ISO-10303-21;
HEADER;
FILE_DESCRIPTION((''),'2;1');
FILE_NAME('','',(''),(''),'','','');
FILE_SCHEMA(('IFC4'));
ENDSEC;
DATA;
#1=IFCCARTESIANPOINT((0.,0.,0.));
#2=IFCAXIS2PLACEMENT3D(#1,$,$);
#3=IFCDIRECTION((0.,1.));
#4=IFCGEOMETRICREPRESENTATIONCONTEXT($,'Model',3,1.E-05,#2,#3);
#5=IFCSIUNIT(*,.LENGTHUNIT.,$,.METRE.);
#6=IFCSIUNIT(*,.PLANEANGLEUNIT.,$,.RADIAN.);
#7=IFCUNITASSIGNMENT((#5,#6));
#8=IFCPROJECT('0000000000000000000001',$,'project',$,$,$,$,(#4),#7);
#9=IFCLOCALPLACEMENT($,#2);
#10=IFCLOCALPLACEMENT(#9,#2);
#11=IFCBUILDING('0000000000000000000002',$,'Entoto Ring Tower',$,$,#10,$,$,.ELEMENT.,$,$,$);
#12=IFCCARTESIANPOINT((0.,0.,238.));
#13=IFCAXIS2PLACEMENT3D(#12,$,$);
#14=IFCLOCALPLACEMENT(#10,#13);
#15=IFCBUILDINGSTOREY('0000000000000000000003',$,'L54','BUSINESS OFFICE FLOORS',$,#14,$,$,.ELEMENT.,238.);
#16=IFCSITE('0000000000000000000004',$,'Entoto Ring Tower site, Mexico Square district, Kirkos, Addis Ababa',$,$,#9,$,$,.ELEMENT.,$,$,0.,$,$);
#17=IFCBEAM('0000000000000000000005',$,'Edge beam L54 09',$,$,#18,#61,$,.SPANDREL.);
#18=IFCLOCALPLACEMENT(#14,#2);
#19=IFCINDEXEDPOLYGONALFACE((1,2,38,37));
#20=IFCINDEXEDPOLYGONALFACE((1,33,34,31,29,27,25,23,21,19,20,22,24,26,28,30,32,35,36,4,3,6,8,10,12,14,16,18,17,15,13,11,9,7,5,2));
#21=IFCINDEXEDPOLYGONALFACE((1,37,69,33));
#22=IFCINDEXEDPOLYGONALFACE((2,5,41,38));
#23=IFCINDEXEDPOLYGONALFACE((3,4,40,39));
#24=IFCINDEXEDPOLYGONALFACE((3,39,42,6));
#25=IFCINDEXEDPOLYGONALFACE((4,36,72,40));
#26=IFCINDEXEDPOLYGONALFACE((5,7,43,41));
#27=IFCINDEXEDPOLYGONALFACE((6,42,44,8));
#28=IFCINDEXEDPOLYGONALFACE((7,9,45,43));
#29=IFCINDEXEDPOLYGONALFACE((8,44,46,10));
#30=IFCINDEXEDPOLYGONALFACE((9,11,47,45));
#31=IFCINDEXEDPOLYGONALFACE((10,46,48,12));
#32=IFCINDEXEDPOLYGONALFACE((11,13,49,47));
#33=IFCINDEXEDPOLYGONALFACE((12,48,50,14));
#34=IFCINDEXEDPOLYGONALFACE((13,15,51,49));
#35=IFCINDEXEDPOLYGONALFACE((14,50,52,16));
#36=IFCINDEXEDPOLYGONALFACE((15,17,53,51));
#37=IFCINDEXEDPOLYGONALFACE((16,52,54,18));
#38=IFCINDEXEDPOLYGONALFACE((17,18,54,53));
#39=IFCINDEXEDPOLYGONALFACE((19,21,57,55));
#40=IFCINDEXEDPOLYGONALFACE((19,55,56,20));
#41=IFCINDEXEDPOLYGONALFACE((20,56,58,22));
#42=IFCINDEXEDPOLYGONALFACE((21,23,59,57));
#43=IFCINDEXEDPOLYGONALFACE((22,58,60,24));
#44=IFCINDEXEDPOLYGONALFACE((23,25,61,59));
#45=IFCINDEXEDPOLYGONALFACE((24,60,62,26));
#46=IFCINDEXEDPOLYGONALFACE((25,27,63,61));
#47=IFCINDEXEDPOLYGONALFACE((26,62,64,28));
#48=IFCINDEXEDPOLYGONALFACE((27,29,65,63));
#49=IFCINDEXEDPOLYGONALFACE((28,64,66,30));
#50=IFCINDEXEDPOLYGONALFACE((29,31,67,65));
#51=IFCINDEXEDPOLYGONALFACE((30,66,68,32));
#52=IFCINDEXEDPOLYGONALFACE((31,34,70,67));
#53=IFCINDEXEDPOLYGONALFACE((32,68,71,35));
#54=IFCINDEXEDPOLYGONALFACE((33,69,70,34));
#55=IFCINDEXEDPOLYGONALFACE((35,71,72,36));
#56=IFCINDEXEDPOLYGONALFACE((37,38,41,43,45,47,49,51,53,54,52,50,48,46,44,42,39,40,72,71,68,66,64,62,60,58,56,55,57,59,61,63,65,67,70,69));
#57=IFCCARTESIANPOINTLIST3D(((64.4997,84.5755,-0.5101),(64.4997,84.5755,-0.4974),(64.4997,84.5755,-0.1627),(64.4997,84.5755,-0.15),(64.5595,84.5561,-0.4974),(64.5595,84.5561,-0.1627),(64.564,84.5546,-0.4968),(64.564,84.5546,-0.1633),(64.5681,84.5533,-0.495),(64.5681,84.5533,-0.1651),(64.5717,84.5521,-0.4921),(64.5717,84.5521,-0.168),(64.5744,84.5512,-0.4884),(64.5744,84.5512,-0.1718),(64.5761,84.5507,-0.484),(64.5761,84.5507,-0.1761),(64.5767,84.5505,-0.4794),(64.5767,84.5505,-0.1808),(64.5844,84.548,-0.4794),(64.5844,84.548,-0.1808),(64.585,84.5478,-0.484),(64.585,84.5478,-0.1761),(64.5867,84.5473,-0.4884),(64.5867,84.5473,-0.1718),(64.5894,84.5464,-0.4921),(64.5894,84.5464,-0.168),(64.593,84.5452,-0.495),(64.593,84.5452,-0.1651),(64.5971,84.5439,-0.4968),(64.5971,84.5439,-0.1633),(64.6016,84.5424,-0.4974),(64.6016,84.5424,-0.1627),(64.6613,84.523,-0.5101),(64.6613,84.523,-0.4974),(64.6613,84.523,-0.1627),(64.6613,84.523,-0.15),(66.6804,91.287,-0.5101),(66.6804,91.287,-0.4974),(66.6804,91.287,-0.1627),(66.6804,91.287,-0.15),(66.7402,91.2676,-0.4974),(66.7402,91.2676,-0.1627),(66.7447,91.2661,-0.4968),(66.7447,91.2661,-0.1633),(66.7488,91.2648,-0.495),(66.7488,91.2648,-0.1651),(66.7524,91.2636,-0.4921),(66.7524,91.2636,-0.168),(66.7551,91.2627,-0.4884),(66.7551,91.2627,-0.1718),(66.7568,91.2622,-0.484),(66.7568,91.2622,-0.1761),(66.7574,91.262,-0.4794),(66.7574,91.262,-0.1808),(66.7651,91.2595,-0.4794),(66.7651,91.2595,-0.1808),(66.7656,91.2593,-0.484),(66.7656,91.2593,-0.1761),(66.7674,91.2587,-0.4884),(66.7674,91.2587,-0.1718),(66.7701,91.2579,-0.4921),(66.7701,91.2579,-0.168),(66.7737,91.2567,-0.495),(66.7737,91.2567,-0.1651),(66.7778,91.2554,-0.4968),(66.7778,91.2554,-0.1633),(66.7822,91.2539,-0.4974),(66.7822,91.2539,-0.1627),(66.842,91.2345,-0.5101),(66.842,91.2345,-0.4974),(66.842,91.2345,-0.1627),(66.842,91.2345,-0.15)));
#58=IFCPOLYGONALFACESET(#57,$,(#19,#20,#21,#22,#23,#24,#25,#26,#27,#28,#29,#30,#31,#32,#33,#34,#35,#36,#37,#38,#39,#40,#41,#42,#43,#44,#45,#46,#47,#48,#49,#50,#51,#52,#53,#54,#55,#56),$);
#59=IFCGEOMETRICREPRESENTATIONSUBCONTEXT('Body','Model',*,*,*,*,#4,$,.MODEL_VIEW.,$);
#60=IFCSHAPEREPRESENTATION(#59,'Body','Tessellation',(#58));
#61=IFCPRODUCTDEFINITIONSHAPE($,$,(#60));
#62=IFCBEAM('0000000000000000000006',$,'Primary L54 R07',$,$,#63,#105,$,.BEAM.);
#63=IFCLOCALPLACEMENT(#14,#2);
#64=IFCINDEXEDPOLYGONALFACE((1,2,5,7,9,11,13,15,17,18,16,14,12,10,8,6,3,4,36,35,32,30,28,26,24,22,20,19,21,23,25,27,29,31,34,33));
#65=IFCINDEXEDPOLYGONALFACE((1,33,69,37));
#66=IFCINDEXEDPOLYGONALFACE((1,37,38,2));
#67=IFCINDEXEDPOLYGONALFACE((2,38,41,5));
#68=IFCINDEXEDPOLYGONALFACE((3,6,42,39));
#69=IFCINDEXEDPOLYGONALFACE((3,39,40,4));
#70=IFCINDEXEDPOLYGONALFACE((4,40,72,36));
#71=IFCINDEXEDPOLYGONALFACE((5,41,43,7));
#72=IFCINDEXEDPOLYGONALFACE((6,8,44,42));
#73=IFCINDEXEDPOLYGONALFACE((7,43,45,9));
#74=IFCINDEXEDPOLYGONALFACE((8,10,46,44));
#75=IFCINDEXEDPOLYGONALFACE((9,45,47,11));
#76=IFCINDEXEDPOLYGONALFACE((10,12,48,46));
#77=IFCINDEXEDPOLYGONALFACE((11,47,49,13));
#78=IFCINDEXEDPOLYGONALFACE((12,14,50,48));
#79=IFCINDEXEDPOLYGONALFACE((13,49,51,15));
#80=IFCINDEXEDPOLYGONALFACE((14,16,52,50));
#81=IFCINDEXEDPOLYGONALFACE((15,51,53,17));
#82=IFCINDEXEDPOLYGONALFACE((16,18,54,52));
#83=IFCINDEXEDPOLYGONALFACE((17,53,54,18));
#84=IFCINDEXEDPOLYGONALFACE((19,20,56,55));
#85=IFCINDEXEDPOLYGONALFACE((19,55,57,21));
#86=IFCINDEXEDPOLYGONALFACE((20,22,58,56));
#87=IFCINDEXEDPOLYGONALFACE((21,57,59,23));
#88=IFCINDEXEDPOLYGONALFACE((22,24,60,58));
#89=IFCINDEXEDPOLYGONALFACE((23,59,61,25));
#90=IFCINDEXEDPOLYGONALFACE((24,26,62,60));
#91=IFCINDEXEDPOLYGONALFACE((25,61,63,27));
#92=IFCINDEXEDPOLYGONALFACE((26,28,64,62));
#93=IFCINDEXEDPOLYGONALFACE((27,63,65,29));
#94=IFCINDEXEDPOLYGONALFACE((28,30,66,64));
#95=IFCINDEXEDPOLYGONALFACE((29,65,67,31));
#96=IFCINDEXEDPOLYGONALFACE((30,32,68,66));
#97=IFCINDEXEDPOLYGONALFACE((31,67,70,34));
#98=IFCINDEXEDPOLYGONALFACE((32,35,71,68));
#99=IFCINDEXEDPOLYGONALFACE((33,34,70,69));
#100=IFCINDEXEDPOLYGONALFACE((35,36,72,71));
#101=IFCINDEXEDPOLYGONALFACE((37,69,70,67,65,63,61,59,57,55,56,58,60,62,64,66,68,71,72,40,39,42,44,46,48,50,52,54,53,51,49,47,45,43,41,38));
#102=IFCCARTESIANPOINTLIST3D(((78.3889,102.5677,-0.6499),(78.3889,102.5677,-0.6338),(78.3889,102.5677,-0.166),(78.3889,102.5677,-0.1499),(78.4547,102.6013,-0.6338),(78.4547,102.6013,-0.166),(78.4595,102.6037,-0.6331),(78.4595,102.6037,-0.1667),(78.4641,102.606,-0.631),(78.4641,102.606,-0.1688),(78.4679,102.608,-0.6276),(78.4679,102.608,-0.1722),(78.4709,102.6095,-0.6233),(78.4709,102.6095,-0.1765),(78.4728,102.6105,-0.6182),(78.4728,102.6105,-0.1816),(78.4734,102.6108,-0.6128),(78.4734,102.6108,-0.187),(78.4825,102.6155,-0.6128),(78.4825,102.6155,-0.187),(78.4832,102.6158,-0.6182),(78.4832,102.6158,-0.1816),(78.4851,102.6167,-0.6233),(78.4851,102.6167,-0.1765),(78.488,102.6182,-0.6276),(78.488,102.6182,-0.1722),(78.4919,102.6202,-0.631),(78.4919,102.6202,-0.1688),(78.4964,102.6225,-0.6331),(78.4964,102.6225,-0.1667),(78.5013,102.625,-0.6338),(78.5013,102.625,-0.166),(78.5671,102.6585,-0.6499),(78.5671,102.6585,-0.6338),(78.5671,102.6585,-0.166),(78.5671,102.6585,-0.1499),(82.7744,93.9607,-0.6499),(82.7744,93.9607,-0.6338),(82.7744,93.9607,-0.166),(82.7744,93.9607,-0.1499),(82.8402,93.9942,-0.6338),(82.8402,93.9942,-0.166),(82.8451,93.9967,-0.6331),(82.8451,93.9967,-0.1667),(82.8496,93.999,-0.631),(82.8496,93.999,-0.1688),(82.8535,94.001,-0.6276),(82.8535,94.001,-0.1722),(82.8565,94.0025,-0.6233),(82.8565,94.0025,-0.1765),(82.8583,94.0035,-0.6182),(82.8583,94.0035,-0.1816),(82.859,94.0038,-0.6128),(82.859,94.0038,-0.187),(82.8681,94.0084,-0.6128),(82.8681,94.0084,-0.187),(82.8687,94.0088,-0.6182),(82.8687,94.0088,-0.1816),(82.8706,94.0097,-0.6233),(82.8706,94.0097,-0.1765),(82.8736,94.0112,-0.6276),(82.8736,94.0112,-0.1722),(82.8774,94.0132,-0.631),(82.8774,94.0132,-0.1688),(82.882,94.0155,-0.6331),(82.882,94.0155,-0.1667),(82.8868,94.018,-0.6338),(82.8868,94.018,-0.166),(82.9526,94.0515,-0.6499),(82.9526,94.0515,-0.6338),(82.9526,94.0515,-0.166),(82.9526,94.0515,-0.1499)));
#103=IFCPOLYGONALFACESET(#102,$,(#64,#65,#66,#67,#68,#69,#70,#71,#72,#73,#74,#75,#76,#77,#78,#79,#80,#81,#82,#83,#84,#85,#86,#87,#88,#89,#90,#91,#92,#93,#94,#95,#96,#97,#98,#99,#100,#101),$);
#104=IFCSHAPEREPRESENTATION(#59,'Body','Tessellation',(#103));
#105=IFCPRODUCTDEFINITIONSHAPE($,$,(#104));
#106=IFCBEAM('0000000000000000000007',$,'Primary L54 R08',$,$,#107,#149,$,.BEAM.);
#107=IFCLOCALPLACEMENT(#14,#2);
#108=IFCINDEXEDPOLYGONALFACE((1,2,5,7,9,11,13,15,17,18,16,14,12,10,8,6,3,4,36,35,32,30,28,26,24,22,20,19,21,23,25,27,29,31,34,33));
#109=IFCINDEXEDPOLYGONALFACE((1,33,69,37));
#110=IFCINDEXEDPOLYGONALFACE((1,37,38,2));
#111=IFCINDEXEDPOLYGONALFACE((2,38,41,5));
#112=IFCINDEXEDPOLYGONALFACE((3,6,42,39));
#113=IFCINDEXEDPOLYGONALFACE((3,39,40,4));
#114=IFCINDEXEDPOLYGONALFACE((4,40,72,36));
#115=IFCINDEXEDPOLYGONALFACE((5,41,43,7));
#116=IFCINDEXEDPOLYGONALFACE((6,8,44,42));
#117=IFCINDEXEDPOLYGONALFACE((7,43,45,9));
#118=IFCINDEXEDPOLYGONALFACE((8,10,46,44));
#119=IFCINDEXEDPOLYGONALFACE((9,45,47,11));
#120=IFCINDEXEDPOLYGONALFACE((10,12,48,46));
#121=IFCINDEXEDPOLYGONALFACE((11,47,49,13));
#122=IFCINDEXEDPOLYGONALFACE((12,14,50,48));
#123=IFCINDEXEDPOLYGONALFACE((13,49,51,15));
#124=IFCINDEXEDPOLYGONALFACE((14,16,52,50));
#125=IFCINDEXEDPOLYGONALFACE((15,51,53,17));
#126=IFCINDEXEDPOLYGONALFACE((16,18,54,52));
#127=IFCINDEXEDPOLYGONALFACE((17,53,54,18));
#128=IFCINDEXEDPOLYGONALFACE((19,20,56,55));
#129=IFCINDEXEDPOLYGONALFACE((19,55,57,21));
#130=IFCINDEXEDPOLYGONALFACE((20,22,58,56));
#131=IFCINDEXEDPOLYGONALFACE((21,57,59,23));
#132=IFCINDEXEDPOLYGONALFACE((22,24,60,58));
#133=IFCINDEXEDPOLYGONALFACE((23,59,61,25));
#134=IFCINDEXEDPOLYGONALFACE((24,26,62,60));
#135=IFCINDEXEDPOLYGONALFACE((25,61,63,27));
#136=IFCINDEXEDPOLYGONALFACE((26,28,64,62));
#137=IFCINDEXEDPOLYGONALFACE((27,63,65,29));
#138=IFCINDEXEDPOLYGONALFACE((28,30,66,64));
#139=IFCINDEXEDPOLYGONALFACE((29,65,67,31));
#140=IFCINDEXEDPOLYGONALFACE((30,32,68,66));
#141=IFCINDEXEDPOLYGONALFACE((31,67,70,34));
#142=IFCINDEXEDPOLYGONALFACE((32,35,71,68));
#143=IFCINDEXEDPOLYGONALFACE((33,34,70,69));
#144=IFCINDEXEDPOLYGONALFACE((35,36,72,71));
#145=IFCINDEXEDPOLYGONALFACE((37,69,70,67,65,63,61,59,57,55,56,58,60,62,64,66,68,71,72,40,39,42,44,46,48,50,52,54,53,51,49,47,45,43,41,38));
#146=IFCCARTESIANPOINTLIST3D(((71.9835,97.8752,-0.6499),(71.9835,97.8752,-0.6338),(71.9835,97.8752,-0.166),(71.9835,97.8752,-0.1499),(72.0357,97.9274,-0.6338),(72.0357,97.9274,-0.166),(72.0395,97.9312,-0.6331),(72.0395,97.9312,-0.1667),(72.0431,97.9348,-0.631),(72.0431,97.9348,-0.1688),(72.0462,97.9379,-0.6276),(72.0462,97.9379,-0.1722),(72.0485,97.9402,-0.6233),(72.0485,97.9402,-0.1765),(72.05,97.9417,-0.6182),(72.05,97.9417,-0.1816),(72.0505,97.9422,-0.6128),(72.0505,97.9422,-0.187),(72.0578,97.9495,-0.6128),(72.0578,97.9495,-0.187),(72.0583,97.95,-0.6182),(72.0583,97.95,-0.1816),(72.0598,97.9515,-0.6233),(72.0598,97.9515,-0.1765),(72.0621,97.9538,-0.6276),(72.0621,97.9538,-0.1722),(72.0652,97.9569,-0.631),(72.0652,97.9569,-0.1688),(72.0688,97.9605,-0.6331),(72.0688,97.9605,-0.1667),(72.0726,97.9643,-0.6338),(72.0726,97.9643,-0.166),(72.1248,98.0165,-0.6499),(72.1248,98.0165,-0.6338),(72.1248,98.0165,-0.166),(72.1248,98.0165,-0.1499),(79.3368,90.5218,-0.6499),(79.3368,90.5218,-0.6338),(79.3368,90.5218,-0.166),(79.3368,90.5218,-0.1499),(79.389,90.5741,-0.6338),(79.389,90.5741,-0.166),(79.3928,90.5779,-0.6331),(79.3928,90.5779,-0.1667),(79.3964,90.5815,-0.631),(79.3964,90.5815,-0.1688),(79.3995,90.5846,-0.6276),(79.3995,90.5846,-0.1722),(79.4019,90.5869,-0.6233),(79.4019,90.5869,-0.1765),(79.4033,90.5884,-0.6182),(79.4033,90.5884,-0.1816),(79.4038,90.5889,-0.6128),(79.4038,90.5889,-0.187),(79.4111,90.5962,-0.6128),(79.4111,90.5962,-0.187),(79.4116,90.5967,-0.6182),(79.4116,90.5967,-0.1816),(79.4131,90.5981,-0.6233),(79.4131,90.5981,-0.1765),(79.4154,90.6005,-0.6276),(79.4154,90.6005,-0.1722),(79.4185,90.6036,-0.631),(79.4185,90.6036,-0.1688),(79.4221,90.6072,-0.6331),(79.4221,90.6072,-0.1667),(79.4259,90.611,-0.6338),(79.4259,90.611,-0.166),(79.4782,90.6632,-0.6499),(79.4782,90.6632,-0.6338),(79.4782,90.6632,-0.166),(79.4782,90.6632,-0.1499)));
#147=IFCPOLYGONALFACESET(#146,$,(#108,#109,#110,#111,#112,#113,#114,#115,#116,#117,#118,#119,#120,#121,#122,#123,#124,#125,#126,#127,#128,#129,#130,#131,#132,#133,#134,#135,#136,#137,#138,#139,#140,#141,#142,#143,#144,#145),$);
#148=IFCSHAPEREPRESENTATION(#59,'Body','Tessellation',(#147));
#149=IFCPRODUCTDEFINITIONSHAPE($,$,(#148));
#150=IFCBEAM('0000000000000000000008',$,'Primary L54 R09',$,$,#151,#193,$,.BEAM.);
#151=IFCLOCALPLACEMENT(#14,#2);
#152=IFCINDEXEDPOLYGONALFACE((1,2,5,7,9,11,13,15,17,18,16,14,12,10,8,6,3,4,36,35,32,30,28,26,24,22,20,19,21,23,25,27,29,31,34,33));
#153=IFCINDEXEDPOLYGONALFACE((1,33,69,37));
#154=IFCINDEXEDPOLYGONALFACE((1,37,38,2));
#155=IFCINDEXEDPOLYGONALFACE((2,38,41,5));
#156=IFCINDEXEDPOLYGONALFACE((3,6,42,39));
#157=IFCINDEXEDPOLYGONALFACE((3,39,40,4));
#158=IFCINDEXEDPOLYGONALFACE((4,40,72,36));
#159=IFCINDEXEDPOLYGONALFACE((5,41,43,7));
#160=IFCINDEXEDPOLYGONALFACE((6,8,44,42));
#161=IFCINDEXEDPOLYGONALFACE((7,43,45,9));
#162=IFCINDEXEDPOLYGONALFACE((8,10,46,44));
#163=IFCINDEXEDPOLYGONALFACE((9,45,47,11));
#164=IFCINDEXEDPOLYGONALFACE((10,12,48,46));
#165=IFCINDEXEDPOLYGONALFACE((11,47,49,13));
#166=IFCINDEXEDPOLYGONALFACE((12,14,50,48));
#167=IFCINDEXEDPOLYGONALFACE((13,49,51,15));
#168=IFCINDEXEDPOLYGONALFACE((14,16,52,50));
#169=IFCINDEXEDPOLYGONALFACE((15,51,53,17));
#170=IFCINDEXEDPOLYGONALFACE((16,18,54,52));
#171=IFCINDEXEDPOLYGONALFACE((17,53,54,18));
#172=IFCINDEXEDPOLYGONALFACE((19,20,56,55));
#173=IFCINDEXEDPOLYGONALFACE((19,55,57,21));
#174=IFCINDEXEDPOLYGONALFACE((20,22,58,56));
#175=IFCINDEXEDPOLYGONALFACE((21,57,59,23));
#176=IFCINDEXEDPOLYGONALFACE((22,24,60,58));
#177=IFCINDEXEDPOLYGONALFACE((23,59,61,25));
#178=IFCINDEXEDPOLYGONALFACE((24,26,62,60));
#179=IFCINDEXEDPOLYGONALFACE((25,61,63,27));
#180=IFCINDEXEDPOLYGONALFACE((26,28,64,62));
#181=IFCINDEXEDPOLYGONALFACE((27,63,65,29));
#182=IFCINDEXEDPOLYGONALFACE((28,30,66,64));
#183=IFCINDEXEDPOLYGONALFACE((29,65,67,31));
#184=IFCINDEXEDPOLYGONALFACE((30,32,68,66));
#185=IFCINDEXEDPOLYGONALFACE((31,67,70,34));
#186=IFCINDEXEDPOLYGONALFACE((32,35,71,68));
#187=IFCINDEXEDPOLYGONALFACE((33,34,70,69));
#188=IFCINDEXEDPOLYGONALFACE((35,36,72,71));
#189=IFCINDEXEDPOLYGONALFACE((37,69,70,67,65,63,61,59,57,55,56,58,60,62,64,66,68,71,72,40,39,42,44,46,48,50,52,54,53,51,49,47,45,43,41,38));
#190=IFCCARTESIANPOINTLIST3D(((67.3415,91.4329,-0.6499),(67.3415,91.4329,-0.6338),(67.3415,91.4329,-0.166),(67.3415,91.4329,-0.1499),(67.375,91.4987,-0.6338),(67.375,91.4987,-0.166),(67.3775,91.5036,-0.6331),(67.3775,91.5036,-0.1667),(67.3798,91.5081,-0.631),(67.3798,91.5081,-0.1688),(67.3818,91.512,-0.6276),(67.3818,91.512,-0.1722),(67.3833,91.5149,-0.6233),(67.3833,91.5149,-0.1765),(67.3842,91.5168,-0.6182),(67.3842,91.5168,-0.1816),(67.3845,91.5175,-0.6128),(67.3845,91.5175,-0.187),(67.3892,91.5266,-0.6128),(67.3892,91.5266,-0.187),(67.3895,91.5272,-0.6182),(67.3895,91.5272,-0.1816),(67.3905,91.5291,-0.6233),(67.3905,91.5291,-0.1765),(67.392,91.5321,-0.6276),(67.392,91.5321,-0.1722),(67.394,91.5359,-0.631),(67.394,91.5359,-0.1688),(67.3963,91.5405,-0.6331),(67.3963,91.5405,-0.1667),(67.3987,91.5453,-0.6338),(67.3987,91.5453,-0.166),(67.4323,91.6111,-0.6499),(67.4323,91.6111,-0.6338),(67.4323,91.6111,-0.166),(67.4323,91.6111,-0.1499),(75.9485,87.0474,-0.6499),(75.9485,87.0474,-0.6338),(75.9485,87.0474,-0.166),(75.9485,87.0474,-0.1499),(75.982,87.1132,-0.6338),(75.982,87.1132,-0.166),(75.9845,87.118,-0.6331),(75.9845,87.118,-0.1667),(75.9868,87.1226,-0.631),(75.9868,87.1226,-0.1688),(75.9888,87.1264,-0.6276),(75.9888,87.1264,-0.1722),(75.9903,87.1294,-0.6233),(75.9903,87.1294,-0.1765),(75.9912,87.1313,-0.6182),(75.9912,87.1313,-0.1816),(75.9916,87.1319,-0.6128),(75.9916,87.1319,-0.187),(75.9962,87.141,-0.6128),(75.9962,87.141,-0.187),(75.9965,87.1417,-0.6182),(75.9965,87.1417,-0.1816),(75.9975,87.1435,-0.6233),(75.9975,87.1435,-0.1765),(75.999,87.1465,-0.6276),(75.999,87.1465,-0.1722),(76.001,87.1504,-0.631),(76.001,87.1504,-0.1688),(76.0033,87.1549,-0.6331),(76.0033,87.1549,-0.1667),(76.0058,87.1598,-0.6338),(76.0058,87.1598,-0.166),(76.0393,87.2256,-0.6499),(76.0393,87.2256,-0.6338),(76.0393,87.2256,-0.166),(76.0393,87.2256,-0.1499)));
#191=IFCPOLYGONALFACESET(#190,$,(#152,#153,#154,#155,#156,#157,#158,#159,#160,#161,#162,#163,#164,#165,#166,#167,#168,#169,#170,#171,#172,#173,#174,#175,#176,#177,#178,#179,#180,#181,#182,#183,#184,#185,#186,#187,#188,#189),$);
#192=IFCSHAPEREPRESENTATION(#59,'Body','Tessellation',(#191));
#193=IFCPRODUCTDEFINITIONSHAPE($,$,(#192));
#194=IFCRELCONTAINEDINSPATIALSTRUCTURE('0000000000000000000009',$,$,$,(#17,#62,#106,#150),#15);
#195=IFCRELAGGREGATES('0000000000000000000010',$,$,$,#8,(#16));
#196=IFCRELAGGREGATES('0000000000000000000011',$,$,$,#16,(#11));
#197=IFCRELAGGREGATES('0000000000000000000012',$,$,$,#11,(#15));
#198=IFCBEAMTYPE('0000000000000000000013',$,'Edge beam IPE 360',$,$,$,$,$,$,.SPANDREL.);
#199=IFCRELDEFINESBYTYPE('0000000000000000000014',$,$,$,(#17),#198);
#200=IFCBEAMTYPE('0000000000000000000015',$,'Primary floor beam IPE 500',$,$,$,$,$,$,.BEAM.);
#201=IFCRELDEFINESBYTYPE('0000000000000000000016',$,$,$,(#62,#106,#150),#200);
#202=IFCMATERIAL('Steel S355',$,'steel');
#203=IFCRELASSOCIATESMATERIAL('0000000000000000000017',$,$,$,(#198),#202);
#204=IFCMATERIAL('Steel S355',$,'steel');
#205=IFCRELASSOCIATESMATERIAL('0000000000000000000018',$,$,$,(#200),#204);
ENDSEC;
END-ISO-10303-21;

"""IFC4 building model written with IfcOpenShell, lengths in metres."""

from ifc_helpers import new_model, si_unit, direction, frame, origin, origin_2d, place, context, subcontext, project, spatial, i_section, extrude, material, material_profile, profile_set, type_object, element, save


model = new_model("IFC4")

# Units and contexts
model_context = context("Model", 3, precision=1e-05, world=origin(), true_north=direction((0.0, 1.0)))
body_context = subcontext(model_context, "Body", "Model", "MODEL_VIEW")
ifc_project = project(units=[si_unit("LENGTHUNIT", "METRE"), si_unit("PLANEANGLEUNIT", "RADIAN")], contexts=[model_context])

# Site, building, storey
site_placement = place(None, origin())
site = spatial("IfcSite", under=ifc_project, at=site_placement, Name="Entoto Ring Tower site, Mexico Square district, Kirkos, Addis Ababa", CompositionType="ELEMENT", RefElevation=0.0)
building_placement = place(site_placement, origin())
building = spatial("IfcBuilding", under=site, at=building_placement, Name="Entoto Ring Tower", CompositionType="ELEMENT")
storey_placement = place(building_placement, frame((0.0, 0.0, 238.0)))
storey = spatial("IfcBuildingStorey", under=building, at=storey_placement, Name="L54", Description="BUSINESS OFFICE FLOORS", CompositionType="ELEMENT", Elevation=238.0)

# Beams
ifc_material_1 = material(Name="Steel S355", Category="steel")
ifc_material_profile_1 = material_profile(ifc_material_1, i_section(OverallWidth=0.1699, OverallDepth=0.3601, WebThickness=0.0081, FlangeThickness=0.0127, FilletRadius=0.0181, at=origin_2d()), Name="IPE 360")
ifc_profile_set_1 = profile_set([ifc_material_profile_1], Name="Steel S355")
beam_type_1 = type_object("IfcBeamType", Name="Edge beam IPE 360", PredefinedType="SPANDREL", material=ifc_profile_set_1)
for number, where, z_axis, x_axis, name in (
    (1, (66.7612, 91.2607, -0.3301), (-0.309016, -0.951057, 0.0), (0.951057, -0.309016, 0.0), "Edge beam L54 09"),
):
    element("IfcBeam", number, at=place(storey_placement, frame(where, z_axis=z_axis, x_axis=x_axis)), inside=storey, type_object=beam_type_1, Name=name, PredefinedType="SPANDREL", context=body_context, shape_type="SweptSolid", body=[
        extrude(i_section(OverallWidth=0.1699, OverallDepth=0.3601, WebThickness=0.0081, FlangeThickness=0.0127, FilletRadius=0.0181, at=origin_2d()), origin(), (0.0, 0.0, 1.0), 7.0569),
    ])
ifc_material_2 = material(Name="Steel S355", Category="steel")
ifc_material_profile_2 = material_profile(ifc_material_2, i_section(OverallWidth=0.2, OverallDepth=0.5, WebThickness=0.0103, FlangeThickness=0.0161, FilletRadius=0.021, at=origin_2d()), Name="IPE 500")
ifc_profile_set_2 = profile_set([ifc_material_profile_2], Name="Steel S355")
beam_type_2 = type_object("IfcBeamType", Name="Primary floor beam IPE 500", PredefinedType="BEAM", material=ifc_profile_set_2)
beam_1_placement = place(storey_placement, frame((82.8635, 94.0061, -0.3999), z_axis=(-0.453994, 0.891005, 0.0), x_axis=(-0.891005, -0.453994, 0.0)))
element("IfcBeam", 2, at=beam_1_placement, inside=storey, type_object=beam_type_2, Name="Primary L54 R07", PredefinedType="BEAM", context=body_context, shape_type="SweptSolid", body=[
    extrude(i_section(OverallWidth=0.2, OverallDepth=0.5, WebThickness=0.0103, FlangeThickness=0.0161, FilletRadius=0.021, at=origin_2d()), origin(), (0.0, 0.0, 1.0), 9.6599),
])
beam_2_placement = place(storey_placement, frame((79.4075, 90.5925, -0.3999), z_axis=(-0.707107, 0.707107, 0.0), x_axis=(-0.707107, -0.707107, 0.0)))
element("IfcBeam", 3, at=beam_2_placement, inside=storey, type_object=beam_type_2, Name="Primary L54 R08", PredefinedType="BEAM", context=body_context, shape_type="SweptSolid", body=[
    extrude(i_section(OverallWidth=0.2, OverallDepth=0.5, WebThickness=0.0103, FlangeThickness=0.0161, FilletRadius=0.021, at=origin_2d()), origin(), (0.0, 0.0, 1.0), 10.3992),
])
beam_3_placement = place(storey_placement, frame((75.9939, 87.1365, -0.3999), z_axis=(-0.891005, 0.453994, 0.0), x_axis=(-0.453994, -0.891005, 0.0)))
element("IfcBeam", 4, at=beam_3_placement, inside=storey, type_object=beam_type_2, Name="Primary L54 R09", PredefinedType="BEAM", context=body_context, shape_type="SweptSolid", body=[
    extrude(i_section(OverallWidth=0.2, OverallDepth=0.5, WebThickness=0.0103, FlangeThickness=0.0161, FilletRadius=0.021, at=origin_2d()), origin(), (0.0, 0.0, 1.0), 9.6599),
])

save(model, "model.ifc")
